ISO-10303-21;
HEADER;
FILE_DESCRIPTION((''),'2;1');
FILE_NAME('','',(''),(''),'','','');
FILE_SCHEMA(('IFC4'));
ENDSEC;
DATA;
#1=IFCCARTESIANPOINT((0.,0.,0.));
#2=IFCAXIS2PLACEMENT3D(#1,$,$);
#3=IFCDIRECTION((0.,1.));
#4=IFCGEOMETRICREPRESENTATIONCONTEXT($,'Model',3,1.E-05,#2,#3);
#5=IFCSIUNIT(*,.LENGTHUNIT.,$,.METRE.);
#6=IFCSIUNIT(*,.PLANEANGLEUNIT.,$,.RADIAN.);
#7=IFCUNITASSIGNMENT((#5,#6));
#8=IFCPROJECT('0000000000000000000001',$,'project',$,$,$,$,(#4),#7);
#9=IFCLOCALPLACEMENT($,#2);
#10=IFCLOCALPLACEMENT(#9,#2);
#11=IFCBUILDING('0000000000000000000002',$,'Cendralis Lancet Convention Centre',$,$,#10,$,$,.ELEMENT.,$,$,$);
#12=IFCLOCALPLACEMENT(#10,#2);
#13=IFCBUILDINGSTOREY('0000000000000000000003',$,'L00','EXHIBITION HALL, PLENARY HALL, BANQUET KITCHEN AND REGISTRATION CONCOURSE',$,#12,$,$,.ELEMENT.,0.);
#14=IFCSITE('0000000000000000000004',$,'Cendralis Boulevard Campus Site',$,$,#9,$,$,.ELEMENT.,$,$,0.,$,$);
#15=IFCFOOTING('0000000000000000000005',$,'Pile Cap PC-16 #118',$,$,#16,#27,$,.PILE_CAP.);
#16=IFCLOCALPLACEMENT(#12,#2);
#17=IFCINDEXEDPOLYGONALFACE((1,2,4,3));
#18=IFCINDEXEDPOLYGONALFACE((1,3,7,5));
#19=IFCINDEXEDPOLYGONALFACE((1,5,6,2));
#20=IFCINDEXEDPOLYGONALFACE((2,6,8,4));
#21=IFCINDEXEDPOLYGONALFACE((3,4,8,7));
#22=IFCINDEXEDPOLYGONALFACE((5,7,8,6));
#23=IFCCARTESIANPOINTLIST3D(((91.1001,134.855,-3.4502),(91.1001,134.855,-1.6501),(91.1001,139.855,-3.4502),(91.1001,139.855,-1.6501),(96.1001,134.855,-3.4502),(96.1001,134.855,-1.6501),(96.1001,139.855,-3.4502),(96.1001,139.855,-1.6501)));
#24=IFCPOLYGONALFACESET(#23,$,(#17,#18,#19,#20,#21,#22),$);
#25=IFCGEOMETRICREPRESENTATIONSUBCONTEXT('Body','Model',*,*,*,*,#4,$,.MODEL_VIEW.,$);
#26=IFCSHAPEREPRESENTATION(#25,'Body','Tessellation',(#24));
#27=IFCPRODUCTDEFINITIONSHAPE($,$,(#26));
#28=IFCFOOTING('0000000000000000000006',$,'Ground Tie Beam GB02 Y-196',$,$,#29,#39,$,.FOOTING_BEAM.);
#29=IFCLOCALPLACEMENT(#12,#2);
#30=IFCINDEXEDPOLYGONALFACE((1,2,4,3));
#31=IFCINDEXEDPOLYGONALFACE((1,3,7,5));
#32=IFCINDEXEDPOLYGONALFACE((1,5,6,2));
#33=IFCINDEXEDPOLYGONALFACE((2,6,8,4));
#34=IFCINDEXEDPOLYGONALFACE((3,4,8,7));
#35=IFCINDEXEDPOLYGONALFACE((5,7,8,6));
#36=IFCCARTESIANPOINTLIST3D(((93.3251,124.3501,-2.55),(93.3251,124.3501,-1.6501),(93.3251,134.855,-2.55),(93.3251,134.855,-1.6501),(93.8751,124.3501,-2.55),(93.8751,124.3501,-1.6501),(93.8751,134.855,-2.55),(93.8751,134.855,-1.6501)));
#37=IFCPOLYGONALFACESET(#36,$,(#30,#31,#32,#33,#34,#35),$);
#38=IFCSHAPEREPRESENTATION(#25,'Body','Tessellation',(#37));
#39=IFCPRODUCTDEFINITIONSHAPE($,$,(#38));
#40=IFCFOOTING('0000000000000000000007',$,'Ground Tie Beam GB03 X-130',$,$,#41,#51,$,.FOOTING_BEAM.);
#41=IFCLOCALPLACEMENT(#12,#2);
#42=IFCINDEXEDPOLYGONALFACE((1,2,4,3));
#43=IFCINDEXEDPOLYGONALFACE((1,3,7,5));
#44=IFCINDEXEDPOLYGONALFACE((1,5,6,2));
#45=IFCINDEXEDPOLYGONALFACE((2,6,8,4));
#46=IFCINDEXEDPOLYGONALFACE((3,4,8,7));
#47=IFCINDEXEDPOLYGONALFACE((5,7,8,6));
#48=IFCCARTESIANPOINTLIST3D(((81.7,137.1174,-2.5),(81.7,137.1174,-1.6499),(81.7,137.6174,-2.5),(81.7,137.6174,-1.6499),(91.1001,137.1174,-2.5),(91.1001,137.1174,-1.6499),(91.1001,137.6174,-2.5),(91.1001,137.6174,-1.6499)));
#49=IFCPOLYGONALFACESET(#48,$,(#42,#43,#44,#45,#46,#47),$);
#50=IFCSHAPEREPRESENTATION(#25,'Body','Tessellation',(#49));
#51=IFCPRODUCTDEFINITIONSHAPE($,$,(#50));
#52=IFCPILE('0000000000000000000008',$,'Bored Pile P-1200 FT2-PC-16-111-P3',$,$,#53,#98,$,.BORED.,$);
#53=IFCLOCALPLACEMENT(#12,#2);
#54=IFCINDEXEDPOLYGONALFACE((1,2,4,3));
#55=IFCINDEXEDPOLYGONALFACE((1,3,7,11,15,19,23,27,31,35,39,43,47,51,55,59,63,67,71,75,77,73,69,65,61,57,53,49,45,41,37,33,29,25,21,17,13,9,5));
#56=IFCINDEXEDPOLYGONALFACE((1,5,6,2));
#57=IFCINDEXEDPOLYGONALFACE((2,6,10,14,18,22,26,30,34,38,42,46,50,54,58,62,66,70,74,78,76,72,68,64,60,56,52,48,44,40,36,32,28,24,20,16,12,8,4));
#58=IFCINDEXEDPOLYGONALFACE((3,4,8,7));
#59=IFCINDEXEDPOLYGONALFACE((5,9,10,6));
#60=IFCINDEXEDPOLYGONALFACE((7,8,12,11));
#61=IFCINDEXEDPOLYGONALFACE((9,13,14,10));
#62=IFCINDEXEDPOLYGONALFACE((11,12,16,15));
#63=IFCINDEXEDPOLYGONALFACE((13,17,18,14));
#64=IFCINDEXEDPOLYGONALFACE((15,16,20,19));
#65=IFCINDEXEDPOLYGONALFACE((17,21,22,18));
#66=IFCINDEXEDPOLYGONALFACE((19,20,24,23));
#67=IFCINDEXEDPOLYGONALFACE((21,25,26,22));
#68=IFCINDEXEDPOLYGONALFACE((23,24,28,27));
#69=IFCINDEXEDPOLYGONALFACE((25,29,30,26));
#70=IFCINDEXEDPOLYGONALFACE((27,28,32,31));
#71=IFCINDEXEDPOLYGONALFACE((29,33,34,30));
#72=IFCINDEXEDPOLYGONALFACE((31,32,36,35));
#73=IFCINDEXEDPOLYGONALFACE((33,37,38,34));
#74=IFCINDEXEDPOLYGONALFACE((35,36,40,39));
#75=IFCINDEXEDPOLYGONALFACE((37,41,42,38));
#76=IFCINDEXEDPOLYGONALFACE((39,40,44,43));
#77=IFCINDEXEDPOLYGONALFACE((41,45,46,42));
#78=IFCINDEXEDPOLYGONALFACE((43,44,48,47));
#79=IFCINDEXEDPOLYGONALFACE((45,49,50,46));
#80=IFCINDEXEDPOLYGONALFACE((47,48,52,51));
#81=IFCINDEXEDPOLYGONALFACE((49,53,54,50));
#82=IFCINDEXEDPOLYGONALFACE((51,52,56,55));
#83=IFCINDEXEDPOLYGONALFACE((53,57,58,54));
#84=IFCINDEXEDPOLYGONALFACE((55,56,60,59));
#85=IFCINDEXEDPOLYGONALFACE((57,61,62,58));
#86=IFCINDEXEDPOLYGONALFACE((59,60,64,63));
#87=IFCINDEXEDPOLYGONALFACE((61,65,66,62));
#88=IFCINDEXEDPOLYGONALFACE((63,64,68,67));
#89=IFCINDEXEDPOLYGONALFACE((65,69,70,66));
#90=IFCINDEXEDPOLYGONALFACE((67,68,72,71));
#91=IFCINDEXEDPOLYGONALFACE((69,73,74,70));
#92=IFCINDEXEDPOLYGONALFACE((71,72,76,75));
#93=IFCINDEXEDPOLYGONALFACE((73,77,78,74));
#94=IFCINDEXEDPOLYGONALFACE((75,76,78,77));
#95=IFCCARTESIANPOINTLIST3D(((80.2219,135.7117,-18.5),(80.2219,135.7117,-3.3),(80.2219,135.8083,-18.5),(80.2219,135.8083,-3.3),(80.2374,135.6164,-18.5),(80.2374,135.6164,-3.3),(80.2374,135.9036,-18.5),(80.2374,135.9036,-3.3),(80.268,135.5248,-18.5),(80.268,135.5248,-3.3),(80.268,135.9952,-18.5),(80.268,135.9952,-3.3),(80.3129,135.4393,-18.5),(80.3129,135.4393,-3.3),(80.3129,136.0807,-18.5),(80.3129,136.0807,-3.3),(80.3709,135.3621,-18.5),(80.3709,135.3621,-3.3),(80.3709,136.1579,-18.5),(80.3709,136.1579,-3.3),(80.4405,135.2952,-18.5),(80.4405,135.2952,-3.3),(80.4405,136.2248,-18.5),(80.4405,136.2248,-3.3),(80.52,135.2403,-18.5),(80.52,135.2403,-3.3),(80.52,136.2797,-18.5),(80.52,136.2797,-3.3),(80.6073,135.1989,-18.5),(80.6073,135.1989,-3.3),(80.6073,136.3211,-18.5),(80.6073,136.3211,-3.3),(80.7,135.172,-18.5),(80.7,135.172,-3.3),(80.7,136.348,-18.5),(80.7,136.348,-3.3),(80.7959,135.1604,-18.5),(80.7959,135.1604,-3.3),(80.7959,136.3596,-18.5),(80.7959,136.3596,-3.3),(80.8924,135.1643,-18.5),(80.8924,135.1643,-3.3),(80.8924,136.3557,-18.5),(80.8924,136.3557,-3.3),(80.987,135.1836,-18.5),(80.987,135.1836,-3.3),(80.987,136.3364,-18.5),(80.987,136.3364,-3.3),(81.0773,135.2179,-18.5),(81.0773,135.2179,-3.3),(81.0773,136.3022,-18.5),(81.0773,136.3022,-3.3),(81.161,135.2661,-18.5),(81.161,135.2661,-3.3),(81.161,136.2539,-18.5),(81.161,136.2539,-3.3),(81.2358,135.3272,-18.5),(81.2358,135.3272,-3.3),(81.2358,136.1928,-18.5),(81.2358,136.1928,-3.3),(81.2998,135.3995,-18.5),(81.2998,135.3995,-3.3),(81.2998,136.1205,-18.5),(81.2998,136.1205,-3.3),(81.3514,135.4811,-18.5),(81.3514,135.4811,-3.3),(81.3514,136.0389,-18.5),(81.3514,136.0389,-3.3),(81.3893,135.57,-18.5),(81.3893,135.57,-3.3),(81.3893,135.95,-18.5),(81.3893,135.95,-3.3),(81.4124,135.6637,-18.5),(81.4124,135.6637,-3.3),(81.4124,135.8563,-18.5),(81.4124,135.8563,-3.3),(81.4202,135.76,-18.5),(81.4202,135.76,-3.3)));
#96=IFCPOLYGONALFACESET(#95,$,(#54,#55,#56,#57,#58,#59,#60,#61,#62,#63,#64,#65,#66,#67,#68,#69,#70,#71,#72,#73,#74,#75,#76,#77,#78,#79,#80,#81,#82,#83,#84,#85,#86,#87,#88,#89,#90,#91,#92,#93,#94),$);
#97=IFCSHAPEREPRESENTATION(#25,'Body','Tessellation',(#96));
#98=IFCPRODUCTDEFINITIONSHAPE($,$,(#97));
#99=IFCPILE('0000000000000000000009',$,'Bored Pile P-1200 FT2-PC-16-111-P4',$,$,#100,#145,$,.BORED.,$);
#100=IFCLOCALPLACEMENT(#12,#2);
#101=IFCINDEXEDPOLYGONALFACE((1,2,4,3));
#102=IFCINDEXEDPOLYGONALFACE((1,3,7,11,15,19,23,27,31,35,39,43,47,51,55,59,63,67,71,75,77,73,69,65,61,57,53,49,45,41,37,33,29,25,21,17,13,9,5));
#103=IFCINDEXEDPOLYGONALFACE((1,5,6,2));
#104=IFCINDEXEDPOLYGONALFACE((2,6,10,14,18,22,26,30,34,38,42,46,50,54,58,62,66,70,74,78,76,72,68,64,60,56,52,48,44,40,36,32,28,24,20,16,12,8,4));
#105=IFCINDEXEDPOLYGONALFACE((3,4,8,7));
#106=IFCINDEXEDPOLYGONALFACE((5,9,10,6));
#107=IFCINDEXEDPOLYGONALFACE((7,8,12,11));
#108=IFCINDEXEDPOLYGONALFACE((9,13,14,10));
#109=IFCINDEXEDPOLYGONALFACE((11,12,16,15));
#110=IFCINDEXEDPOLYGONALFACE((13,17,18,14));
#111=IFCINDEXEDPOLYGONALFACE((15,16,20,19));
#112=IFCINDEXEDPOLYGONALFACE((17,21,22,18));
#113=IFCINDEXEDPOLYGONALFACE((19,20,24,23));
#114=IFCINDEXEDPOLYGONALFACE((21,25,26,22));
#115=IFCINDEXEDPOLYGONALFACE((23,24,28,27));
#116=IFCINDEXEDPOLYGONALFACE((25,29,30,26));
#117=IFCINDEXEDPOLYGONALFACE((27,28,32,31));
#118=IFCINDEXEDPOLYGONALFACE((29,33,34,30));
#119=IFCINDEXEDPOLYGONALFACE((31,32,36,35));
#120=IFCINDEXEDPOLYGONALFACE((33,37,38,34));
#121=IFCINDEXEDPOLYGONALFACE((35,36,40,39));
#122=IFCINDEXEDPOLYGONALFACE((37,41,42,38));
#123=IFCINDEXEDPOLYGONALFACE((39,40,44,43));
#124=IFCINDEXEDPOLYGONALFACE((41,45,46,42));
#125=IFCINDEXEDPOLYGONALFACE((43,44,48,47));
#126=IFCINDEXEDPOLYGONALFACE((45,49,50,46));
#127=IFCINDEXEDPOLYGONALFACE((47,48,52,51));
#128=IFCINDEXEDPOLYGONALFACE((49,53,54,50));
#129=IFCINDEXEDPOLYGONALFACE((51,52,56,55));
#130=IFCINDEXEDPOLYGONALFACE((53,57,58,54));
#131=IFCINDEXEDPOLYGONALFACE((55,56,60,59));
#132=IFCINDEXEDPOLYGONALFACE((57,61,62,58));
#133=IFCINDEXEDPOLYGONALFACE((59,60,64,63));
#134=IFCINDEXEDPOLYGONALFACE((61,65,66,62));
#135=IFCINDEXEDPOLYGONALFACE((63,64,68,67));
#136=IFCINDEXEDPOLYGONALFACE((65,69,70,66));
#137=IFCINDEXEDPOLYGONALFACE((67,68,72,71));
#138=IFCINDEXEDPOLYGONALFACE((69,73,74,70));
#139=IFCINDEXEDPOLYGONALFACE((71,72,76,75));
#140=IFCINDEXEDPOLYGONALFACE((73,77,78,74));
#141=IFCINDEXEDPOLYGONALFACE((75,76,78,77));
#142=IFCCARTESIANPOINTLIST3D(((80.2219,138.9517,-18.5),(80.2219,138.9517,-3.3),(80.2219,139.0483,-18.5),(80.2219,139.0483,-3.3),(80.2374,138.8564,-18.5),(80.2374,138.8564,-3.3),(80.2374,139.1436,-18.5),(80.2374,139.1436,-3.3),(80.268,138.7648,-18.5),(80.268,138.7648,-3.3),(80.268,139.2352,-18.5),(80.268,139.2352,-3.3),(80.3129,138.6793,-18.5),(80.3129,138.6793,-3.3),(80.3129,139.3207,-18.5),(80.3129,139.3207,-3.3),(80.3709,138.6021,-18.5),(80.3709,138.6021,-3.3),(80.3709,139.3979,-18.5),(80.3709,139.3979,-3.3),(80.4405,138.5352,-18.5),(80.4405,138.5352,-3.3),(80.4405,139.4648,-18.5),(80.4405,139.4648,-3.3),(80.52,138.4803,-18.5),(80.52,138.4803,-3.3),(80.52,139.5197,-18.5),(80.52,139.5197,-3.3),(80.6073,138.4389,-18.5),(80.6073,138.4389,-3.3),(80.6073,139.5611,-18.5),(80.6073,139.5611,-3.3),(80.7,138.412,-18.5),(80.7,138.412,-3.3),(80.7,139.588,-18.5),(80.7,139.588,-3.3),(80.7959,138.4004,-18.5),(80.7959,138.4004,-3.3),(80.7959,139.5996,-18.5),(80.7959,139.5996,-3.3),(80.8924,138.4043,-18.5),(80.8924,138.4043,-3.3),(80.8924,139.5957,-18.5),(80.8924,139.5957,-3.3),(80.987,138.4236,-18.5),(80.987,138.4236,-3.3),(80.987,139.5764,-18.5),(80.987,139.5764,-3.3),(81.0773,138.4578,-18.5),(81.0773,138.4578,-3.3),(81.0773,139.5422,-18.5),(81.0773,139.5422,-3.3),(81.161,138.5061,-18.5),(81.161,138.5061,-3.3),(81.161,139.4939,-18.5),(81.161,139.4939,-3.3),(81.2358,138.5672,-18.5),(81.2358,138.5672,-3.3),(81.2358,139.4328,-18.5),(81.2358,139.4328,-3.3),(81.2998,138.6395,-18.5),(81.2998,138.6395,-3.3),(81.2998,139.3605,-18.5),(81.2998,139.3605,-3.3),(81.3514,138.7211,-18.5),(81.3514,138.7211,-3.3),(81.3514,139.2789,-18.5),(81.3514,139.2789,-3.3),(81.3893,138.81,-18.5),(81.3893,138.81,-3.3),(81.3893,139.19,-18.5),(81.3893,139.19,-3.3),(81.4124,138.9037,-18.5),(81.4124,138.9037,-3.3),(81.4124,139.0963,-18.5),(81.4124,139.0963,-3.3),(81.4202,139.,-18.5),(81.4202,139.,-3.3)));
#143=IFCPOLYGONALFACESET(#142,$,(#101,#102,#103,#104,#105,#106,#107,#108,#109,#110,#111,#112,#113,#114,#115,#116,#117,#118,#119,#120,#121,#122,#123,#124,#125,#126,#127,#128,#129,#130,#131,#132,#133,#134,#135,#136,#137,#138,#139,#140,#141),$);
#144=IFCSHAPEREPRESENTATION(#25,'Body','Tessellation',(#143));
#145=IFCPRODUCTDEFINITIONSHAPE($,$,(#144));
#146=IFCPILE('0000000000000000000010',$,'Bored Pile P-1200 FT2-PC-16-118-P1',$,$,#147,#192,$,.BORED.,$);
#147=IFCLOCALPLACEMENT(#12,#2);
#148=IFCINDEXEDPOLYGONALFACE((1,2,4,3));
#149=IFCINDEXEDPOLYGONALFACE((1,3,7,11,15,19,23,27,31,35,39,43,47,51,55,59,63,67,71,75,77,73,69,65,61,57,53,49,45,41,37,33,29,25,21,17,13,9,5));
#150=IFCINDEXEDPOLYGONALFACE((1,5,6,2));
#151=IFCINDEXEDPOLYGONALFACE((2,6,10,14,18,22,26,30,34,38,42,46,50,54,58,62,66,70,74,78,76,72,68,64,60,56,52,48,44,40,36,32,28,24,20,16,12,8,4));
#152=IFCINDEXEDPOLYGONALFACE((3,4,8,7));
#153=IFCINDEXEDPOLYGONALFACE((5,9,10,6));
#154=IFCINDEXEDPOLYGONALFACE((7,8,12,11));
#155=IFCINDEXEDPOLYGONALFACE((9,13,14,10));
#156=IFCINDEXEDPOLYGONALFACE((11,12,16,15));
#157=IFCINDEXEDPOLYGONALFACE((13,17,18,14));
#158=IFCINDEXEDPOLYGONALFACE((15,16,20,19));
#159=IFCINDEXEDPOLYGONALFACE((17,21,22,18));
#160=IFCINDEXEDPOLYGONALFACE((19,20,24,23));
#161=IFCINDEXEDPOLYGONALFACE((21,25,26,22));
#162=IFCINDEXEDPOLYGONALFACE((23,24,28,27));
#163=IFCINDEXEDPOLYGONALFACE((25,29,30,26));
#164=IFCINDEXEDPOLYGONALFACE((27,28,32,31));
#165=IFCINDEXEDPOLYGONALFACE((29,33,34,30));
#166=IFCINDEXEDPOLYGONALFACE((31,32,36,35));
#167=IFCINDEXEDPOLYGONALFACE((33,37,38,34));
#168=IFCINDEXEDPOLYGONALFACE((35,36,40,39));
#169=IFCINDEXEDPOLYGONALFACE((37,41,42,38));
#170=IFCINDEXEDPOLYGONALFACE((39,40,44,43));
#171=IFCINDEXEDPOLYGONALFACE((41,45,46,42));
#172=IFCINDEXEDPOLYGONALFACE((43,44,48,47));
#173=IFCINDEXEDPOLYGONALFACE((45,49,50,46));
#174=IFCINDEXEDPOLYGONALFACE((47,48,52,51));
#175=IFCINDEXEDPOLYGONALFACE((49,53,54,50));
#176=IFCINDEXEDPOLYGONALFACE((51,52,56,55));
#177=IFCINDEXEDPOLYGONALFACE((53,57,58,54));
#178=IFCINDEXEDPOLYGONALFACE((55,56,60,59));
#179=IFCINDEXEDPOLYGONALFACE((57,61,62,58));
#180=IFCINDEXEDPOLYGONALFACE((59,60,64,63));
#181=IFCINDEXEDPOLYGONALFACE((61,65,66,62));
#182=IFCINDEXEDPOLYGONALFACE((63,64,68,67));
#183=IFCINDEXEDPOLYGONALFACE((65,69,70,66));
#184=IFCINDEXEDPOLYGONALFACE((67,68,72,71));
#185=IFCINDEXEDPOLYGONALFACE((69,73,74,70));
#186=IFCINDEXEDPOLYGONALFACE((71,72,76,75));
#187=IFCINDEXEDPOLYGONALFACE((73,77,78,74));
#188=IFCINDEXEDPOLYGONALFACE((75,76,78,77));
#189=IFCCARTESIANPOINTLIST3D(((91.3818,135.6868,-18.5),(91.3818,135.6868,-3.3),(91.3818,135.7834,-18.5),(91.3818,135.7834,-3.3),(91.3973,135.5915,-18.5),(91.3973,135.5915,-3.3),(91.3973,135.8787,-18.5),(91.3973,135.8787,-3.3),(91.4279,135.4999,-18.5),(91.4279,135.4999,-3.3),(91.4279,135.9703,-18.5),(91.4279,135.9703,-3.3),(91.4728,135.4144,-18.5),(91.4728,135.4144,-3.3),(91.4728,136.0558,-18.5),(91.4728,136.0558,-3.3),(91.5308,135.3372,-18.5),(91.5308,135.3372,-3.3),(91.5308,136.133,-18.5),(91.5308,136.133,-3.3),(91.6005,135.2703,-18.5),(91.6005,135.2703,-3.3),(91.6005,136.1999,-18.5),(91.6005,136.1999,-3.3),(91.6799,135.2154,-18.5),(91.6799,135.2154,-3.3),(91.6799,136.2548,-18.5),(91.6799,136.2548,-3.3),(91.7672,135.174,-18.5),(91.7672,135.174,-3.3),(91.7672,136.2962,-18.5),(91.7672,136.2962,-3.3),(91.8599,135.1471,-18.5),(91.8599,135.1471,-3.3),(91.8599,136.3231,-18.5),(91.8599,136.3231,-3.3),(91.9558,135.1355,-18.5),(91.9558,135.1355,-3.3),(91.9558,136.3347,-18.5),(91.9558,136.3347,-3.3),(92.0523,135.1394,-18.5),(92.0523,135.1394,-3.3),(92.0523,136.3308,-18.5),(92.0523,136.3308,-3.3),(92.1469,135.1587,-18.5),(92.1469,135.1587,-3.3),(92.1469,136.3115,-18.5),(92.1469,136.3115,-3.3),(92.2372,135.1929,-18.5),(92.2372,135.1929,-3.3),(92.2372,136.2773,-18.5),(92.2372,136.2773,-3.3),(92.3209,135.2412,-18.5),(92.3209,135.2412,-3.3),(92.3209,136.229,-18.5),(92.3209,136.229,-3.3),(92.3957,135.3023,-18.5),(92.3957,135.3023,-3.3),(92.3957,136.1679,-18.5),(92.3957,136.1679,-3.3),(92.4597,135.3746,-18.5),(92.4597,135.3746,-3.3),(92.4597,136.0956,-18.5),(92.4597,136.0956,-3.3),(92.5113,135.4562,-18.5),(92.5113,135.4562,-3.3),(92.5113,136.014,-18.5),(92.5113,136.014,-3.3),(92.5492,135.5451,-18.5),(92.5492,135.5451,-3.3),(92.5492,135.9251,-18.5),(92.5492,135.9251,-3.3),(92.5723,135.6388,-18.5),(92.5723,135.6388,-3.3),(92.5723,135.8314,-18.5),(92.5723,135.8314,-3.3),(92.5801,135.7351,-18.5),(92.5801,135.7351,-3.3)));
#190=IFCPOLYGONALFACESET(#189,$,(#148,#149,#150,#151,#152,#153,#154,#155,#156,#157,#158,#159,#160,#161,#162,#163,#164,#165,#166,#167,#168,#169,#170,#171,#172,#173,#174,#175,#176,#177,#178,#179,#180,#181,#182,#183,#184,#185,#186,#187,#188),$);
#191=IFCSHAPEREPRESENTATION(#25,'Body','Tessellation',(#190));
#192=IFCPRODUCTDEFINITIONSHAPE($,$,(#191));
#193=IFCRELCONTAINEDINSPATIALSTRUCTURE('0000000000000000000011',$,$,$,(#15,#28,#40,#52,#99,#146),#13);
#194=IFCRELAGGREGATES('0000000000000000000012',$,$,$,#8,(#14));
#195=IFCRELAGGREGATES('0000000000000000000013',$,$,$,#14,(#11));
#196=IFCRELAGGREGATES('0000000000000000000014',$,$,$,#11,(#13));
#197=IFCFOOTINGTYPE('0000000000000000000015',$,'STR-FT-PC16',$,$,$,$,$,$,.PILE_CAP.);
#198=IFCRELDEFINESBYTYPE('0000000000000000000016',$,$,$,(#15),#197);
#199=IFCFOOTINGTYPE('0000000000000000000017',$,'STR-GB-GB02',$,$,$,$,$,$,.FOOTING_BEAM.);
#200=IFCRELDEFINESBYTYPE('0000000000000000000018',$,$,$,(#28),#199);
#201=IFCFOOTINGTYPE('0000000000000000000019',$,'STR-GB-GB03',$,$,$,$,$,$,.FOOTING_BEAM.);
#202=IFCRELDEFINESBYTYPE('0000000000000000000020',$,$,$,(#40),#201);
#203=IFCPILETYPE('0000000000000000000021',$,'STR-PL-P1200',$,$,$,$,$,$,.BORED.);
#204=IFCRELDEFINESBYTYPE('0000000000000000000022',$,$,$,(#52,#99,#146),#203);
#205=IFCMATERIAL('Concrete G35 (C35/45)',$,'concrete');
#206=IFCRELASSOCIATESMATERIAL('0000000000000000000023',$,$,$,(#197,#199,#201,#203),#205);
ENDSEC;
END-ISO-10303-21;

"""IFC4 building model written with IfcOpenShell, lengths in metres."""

from ifc_helpers import new_model, si_unit, direction, frame, origin, origin_2d, place, context, subcontext, project, spatial, rectangle, circle, extrude, material, material_profile, profile_set, type_object, element, save


model = new_model("IFC4")

# Units and contexts
model_context = context("Model", 3, precision=1e-05, world=origin(), true_north=direction((0.0, 1.0)))
body_context = subcontext(model_context, "Body", "Model", "MODEL_VIEW")
ifc_project = project(units=[si_unit("LENGTHUNIT", "METRE"), si_unit("PLANEANGLEUNIT", "RADIAN")], contexts=[model_context])

# Site, building, storey
site_placement = place(None, origin())
site = spatial("IfcSite", under=ifc_project, at=site_placement, Name="Cendralis Boulevard Campus Site", CompositionType="ELEMENT", RefElevation=0.0)
building_placement = place(site_placement, origin())
building = spatial("IfcBuilding", under=site, at=building_placement, Name="Cendralis Lancet Convention Centre", CompositionType="ELEMENT")
storey_placement = place(building_placement, origin())
storey = spatial("IfcBuildingStorey", under=building, at=storey_placement, Name="L00", Description="EXHIBITION HALL, PLENARY HALL, BANQUET KITCHEN AND REGISTRATION CONCOURSE", CompositionType="ELEMENT", Elevation=0.0)

# Footings
ifc_material_1 = material(Name="Concrete G35 (C35/45)", Category="concrete")
footing_type_1 = type_object("IfcFootingType", Name="STR-FT-PC16", PredefinedType="PILE_CAP", material=ifc_material_1)
footing_1_placement = place(storey_placement, frame((93.6001, 137.355, -3.4502), z_axis=(0.0, 0.0, 1.0), x_axis=(1.0, 0.0, 0.0)))
element("IfcFooting", 1, at=footing_1_placement, inside=storey, type_object=footing_type_1, Name="Pile Cap PC-16 #118", PredefinedType="PILE_CAP", context=body_context, shape_type="SweptSolid", body=[
    extrude(rectangle(XDim=5.0, YDim=5.0, at=origin_2d()), origin(), (0.0, 0.0, 1.0), 1.8),
])
ifc_material_profile_1 = material_profile(ifc_material_1, rectangle(XDim=0.55, YDim=0.8999, at=origin_2d()), Name="RCB 550x900")
ifc_profile_set_1 = profile_set([ifc_material_profile_1], Name="Concrete G35 (C35/45)")
footing_type_2 = type_object("IfcFootingType", Name="STR-GB-GB02", PredefinedType="FOOTING_BEAM", material=ifc_profile_set_1)
footing_2_placement = place(storey_placement, frame((93.6001, 124.3501, -2.1001), z_axis=(0.0, 1.0, 0.0), x_axis=(-1.0, 0.0, 0.0)))
element("IfcFooting", 2, at=footing_2_placement, inside=storey, type_object=footing_type_2, Name="Ground Tie Beam GB02 Y-196", PredefinedType="FOOTING_BEAM", context=body_context, shape_type="SweptSolid", body=[
    extrude(rectangle(XDim=0.55, YDim=0.8999, at=origin_2d()), origin(), (0.0, 0.0, 1.0), 10.5049),
])
ifc_material_profile_2 = material_profile(ifc_material_1, rectangle(XDim=0.5, YDim=0.8501, at=origin_2d()), Name="RCB 500x850")
ifc_profile_set_2 = profile_set([ifc_material_profile_2], Name="Concrete G35 (C35/45)")
footing_type_3 = type_object("IfcFootingType", Name="STR-GB-GB03", PredefinedType="FOOTING_BEAM", material=ifc_profile_set_2)
footing_3_placement = place(storey_placement, frame((81.7, 137.3674, -2.075), z_axis=(1.0, 0.0, 0.0), x_axis=(0.0, 1.0, 0.0)))
element("IfcFooting", 3, at=footing_3_placement, inside=storey, type_object=footing_type_3, Name="Ground Tie Beam GB03 X-130", PredefinedType="FOOTING_BEAM", context=body_context, shape_type="SweptSolid", body=[
    extrude(rectangle(XDim=0.5, YDim=0.8501, at=origin_2d()), origin(), (0.0, 0.0, 1.0), 9.4001),
])

# Piles
ifc_material_profile_3 = material_profile(ifc_material_1, circle(Radius=0.6001, at=origin_2d()), Name="BORED PILE D1200")
ifc_profile_set_3 = profile_set([ifc_material_profile_3], Name="Concrete G35 (C35/45)")
pile_type = type_object("IfcPileType", Name="STR-PL-P1200", PredefinedType="BORED", material=ifc_profile_set_3)
for number, where, z_axis, x_axis, name in (
    (4, (80.8201, 135.76, -3.3), (0.0, 0.0, -1.0), (1.0, 0.0, 0.0), "Bored Pile P-1200 FT2-PC-16-111-P3"),
    (5, (80.8201, 139.0, -3.3), (0.0, 0.0, -1.0), (1.0, 0.0, 0.0), "Bored Pile P-1200 FT2-PC-16-111-P4"),
    (6, (91.98, 135.7351, -3.3), (0.0, 0.0, -1.0), (1.0, 0.0, 0.0), "Bored Pile P-1200 FT2-PC-16-118-P1"),
):
    element("IfcPile", number, at=place(storey_placement, frame(where, z_axis=z_axis, x_axis=x_axis)), inside=storey, type_object=pile_type, Name=name, PredefinedType="BORED", context=body_context, shape_type="SweptSolid", body=[
        extrude(circle(Radius=0.6001, at=origin_2d()), origin(), (0.0, 0.0, 1.0), 15.2),
    ])

save(model, "model.ifc")
